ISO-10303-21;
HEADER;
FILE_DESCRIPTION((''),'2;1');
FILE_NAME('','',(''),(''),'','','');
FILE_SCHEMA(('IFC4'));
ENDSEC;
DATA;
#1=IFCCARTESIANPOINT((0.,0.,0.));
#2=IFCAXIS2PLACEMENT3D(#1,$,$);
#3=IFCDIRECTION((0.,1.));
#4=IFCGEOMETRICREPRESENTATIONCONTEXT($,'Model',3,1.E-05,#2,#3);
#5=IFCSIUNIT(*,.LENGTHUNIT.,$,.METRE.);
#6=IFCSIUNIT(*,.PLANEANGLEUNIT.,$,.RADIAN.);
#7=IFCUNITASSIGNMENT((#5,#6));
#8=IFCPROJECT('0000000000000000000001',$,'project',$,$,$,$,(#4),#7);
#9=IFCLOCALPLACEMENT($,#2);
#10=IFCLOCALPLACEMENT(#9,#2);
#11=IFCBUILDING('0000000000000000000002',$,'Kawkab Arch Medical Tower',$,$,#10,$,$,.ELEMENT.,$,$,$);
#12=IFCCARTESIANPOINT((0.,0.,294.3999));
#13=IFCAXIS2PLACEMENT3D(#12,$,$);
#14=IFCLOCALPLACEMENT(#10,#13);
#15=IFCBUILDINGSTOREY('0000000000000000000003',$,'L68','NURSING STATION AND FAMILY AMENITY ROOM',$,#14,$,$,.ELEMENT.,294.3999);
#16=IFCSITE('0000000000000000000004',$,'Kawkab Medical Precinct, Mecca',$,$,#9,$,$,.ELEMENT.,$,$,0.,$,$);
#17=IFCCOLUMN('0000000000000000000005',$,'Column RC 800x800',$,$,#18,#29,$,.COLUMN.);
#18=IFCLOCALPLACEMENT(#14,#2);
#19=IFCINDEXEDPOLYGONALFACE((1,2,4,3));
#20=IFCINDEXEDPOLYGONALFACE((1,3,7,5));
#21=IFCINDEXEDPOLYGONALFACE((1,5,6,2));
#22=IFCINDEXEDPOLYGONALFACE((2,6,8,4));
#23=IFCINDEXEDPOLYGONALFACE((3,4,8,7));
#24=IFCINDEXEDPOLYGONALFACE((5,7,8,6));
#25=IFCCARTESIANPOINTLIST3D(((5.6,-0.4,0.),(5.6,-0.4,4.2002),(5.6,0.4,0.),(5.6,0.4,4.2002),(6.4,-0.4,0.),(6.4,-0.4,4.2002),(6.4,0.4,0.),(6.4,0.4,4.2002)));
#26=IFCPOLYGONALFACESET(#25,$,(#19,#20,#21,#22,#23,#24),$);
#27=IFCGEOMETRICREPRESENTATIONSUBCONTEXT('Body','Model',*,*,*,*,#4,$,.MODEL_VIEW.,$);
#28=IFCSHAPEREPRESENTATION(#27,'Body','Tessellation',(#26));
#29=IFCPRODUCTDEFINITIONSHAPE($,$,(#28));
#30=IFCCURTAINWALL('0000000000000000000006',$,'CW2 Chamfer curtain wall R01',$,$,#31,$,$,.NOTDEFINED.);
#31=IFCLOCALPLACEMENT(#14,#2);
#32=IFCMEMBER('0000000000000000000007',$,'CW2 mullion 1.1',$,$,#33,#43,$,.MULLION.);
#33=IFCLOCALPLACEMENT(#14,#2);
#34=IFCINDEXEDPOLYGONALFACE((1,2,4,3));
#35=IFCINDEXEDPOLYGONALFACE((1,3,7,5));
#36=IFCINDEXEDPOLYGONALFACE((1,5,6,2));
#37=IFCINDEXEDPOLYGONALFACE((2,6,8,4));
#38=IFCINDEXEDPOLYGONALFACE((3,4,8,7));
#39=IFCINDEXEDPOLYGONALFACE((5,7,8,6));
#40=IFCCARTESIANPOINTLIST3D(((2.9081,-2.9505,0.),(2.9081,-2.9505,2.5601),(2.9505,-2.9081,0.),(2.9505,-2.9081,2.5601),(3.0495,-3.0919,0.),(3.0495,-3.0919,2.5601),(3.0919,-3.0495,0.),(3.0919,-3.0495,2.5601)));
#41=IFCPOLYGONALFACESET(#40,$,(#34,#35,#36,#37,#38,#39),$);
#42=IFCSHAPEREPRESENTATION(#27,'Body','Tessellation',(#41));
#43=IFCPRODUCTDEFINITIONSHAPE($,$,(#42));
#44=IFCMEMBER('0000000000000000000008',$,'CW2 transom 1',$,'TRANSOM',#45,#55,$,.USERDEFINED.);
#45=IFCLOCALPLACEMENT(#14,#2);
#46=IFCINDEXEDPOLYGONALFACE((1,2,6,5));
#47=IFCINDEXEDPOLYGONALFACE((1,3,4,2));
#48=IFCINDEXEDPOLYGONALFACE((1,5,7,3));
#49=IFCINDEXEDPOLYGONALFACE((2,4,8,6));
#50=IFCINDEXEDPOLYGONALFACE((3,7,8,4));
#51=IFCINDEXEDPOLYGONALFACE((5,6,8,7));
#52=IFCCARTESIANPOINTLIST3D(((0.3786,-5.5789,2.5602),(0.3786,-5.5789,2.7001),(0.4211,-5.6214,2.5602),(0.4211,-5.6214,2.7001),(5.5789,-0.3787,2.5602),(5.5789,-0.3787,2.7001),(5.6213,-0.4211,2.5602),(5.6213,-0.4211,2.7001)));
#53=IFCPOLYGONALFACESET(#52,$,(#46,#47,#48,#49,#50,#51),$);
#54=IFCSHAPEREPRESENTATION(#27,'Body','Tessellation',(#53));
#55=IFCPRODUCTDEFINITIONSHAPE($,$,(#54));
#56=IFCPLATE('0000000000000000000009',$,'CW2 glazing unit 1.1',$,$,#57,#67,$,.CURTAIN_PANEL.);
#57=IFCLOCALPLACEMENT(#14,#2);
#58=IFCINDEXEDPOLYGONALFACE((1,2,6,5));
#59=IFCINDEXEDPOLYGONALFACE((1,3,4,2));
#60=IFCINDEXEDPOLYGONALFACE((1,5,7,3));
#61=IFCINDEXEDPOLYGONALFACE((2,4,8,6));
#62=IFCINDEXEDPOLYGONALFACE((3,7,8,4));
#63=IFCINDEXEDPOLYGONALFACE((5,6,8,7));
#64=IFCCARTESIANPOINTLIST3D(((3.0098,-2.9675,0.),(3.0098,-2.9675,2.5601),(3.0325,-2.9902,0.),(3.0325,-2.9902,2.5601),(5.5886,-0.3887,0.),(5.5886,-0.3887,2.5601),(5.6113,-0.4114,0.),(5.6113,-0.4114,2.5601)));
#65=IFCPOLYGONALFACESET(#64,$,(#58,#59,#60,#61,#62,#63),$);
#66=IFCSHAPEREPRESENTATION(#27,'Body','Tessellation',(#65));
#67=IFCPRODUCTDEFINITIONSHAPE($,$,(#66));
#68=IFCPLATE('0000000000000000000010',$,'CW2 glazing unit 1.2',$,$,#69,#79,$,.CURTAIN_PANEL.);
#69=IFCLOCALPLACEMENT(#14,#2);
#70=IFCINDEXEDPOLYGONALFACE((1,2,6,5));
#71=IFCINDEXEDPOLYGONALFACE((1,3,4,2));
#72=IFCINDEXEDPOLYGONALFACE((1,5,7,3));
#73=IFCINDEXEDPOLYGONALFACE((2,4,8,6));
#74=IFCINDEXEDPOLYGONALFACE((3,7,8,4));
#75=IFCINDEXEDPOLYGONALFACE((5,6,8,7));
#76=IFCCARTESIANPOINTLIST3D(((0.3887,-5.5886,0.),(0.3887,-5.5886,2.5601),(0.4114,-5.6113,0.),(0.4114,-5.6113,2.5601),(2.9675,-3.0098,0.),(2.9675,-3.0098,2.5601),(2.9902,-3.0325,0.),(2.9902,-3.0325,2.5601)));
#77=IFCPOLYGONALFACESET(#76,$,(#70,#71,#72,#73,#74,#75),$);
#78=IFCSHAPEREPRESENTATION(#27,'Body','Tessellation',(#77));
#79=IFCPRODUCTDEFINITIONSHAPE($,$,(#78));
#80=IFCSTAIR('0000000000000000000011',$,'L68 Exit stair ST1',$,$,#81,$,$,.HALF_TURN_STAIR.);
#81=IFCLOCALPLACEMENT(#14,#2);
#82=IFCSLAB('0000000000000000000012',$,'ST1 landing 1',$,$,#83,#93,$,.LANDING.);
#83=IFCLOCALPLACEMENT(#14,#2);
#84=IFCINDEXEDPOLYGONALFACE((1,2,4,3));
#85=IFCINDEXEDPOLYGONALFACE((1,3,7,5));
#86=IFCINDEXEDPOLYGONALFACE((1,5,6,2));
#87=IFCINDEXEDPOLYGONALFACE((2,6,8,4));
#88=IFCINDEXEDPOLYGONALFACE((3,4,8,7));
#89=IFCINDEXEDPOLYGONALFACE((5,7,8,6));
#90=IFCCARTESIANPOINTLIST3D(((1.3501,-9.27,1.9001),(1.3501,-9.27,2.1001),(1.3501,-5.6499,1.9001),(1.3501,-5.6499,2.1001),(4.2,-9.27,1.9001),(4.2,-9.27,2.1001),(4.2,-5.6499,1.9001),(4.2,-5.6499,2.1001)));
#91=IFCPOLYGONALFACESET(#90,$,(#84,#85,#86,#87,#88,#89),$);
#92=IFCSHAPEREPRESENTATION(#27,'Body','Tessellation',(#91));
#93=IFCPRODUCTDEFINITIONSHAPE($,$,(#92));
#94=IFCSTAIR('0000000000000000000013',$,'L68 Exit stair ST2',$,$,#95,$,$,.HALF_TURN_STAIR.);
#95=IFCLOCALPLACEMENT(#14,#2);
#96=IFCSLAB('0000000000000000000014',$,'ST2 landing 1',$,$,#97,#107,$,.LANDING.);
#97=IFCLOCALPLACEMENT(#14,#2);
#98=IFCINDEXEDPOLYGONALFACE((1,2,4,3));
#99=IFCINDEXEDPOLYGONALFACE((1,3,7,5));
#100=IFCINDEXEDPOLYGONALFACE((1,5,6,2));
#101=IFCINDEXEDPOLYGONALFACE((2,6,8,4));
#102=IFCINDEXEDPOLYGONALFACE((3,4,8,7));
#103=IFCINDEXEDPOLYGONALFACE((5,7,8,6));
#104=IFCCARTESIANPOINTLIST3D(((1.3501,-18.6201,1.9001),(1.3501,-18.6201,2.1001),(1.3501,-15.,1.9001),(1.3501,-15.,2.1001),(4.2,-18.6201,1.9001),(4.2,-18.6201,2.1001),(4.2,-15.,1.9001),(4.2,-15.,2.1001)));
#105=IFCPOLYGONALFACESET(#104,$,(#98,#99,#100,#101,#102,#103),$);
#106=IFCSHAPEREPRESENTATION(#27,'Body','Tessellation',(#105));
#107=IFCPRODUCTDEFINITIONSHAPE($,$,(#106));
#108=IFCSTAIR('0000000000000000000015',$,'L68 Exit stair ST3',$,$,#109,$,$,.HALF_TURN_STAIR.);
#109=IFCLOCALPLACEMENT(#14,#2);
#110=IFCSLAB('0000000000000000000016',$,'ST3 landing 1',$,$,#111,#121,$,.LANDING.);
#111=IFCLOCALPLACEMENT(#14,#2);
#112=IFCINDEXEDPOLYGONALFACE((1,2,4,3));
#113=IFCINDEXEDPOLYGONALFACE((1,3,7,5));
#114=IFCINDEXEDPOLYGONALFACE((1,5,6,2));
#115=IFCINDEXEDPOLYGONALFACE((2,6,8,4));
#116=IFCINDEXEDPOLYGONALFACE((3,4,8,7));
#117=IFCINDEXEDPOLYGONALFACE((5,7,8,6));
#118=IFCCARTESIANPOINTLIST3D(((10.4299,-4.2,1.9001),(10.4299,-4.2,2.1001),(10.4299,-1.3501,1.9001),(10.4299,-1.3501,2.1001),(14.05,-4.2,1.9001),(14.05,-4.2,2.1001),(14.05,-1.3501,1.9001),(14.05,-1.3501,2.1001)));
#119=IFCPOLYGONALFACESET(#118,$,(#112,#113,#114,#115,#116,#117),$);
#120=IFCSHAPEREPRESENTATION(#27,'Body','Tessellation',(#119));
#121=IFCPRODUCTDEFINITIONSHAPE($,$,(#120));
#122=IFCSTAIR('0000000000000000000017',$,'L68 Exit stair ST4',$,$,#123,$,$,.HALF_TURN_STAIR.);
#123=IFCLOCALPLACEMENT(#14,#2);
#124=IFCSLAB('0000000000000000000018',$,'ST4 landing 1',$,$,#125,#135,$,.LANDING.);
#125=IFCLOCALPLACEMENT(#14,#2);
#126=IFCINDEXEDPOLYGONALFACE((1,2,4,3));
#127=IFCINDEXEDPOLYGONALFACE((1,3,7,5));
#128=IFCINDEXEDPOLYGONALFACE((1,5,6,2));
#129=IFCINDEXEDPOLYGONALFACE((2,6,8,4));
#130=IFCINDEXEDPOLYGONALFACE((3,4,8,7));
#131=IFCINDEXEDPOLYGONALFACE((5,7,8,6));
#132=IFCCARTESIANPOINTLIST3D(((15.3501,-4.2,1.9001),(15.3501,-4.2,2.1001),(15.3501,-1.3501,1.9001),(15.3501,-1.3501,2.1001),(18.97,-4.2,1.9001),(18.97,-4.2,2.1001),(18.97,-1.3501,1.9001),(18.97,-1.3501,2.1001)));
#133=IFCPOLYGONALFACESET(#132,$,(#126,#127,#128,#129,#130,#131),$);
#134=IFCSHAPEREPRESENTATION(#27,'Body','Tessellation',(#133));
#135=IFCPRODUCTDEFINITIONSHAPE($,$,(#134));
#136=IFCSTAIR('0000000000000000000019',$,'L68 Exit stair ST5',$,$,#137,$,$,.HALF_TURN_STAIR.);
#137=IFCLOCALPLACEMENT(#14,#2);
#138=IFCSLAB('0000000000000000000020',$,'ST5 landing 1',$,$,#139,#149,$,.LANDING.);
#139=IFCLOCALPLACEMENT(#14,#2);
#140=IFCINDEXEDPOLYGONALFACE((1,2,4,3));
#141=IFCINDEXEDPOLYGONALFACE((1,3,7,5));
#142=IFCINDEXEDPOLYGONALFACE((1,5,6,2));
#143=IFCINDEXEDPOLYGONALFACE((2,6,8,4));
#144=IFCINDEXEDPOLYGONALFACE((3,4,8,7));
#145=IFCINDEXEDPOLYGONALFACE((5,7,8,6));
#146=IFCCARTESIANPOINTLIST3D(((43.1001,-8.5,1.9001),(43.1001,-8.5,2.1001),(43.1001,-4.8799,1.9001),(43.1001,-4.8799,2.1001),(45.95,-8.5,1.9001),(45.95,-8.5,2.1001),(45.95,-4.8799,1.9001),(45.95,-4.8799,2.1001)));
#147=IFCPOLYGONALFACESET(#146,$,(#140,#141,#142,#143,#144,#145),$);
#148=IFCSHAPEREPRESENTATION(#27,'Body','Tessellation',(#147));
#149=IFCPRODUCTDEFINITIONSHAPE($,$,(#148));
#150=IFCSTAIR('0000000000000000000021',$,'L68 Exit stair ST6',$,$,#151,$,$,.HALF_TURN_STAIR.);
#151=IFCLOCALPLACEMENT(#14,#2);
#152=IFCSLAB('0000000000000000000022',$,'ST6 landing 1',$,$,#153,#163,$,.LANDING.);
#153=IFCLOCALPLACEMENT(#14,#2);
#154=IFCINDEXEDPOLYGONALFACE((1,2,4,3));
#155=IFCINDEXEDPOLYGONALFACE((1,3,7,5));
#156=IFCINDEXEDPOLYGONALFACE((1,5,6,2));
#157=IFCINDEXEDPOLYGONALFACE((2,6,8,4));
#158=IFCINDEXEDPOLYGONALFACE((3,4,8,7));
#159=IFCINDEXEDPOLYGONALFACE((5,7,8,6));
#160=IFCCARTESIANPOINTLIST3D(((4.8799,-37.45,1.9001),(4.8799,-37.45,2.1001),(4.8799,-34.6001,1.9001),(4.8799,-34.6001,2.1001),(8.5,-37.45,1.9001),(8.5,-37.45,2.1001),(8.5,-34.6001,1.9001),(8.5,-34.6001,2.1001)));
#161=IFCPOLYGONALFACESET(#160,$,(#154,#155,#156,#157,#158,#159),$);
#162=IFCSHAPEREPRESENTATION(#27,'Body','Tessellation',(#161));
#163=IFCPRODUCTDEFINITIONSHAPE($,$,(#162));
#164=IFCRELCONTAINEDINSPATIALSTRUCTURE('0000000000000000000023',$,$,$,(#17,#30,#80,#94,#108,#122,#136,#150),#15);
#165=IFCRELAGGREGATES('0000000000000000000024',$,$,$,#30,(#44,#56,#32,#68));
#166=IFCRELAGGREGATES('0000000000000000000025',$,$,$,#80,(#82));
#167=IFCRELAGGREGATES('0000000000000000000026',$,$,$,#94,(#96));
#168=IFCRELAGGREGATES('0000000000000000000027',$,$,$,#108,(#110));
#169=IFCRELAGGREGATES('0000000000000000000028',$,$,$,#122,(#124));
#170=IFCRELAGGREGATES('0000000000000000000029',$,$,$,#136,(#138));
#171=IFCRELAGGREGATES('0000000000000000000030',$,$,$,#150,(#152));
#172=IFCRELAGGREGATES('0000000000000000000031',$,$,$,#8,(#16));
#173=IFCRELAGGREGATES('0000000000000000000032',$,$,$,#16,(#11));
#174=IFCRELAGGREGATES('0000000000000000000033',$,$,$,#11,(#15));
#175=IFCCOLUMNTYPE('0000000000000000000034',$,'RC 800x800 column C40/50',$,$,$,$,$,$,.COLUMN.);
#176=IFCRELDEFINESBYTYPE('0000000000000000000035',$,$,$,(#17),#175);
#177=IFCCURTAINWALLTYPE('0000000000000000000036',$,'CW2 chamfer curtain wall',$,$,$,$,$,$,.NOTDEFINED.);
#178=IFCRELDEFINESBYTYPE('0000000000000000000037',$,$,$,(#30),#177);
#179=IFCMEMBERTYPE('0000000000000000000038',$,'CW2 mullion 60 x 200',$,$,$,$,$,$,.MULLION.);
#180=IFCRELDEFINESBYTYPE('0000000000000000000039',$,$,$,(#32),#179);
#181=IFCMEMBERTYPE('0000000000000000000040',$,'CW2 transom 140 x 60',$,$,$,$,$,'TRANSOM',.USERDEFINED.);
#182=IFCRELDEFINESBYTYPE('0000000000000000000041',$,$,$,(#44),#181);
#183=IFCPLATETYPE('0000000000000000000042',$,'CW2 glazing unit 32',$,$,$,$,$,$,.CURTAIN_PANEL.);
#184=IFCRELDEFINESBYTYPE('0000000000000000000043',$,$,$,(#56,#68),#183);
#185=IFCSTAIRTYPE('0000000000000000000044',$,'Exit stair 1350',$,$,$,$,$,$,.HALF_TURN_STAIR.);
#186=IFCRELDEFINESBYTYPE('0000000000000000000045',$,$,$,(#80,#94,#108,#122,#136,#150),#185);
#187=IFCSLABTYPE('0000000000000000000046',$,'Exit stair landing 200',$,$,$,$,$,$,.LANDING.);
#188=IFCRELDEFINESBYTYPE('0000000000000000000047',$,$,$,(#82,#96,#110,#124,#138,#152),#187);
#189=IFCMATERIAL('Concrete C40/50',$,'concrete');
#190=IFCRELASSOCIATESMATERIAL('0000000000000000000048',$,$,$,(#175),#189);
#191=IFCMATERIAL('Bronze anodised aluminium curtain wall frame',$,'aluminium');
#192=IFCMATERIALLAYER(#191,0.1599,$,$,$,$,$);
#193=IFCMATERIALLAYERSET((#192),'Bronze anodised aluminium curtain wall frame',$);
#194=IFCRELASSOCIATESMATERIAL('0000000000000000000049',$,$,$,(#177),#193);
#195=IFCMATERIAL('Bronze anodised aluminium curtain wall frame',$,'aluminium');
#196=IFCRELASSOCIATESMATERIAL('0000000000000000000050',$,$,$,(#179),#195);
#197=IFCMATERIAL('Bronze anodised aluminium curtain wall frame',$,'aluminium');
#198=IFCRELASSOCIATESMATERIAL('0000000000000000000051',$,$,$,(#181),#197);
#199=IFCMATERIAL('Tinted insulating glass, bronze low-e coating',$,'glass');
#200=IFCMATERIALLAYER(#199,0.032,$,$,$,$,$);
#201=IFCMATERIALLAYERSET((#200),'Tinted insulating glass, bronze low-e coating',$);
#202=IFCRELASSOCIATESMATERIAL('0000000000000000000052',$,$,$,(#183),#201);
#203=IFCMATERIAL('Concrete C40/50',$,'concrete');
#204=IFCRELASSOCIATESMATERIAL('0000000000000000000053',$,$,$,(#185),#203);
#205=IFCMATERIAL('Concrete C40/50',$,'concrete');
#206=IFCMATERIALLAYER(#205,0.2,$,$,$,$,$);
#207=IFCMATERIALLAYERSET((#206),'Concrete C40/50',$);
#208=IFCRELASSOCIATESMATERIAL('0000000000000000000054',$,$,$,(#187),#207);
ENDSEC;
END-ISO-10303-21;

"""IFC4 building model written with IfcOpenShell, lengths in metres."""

from ifc_helpers import new_model, si_unit, direction, frame, origin, origin_2d, place, context, subcontext, project, spatial, polyline, rectangle, outline, extrude, material, layer, layer_set, material_profile, profile_set, type_object, element, aggregate, save


model = new_model("IFC4")

# Units and contexts
model_context = context("Model", 3, precision=1e-05, world=origin(), true_north=direction((0.0, 1.0)))
body_context = subcontext(model_context, "Body", "Model", "MODEL_VIEW")
ifc_project = project(units=[si_unit("LENGTHUNIT", "METRE"), si_unit("PLANEANGLEUNIT", "RADIAN")], contexts=[model_context])

# Site, building, storey
site_placement = place(None, origin())
site = spatial("IfcSite", under=ifc_project, at=site_placement, Name="Kawkab Medical Precinct, Mecca", CompositionType="ELEMENT", RefElevation=0.0)
building_placement = place(site_placement, origin())
building = spatial("IfcBuilding", under=site, at=building_placement, Name="Kawkab Arch Medical Tower", CompositionType="ELEMENT")
storey_placement = place(building_placement, frame((0.0, 0.0, 294.3999)))
storey = spatial("IfcBuildingStorey", under=building, at=storey_placement, Name="L68", Description="NURSING STATION AND FAMILY AMENITY ROOM", CompositionType="ELEMENT", Elevation=294.3999)

# Column
ifc_material_1 = material(Name="Concrete C40/50", Category="concrete")
ifc_material_profile_1 = material_profile(ifc_material_1, rectangle(XDim=0.8, YDim=0.8, at=origin_2d()), Name="RC 800x800")
ifc_profile_set_1 = profile_set([ifc_material_profile_1], Name="Concrete C40/50")
column_type = type_object("IfcColumnType", Name="RC 800x800 column C40/50", PredefinedType="COLUMN", material=ifc_profile_set_1)
column_placement = place(storey_placement, frame((6.0, 0.0, 0.0), z_axis=(0.0, 0.0, 1.0), x_axis=(1.0, 0.0, 0.0)))
element("IfcColumn", 1, at=column_placement, inside=storey, type_object=column_type, Name="Column RC 800x800", PredefinedType="COLUMN", context=body_context, shape_type="SweptSolid", body=[
    extrude(rectangle(XDim=0.8, YDim=0.8, at=origin_2d()), origin(), (0.0, 0.0, 1.0), 4.2002),
])

# Curtain wall, members, plates
ifc_material_2 = material(Name="Bronze anodised aluminium curtain wall frame", Category="aluminium")
ifc_layer_1 = layer(ifc_material_2, 0.1599)
ifc_layer_set_1 = layer_set([ifc_layer_1], Name="Bronze anodised aluminium curtain wall frame")
curtain_wall_type = type_object("IfcCurtainWallType", Name="CW2 chamfer curtain wall", PredefinedType="NOTDEFINED", material=ifc_layer_set_1)
placement_1 = place(storey_placement, origin())
curtain_wall = element("IfcCurtainWall", 2, at=placement_1, inside=storey, type_object=curtain_wall_type, Name="CW2 Chamfer curtain wall R01", PredefinedType="NOTDEFINED")
ifc_material_3 = material(Name="Bronze anodised aluminium curtain wall frame", Category="aluminium")
ifc_material_profile_2 = material_profile(ifc_material_3, rectangle(XDim=0.2, YDim=0.0601, at=origin_2d()), Name="AL 60x200")
ifc_profile_set_2 = profile_set([ifc_material_profile_2], Name="Bronze anodised aluminium curtain wall frame")
member_type_1 = type_object("IfcMemberType", Name="CW2 mullion 60 x 200", PredefinedType="MULLION", material=ifc_profile_set_2)
member_1_placement = place(storey_placement, frame((3.0, -3.0, 0.0), z_axis=(0.0, 0.0, 1.0), x_axis=(0.707107, -0.707107, 0.0)))
member_1 = element("IfcMember", 3, at=member_1_placement, type_object=member_type_1, Name="CW2 mullion 1.1", PredefinedType="MULLION", context=body_context, shape_type="SweptSolid", body=[
    extrude(rectangle(XDim=0.2, YDim=0.0601, at=origin_2d()), origin(), (0.0, 0.0, 1.0), 2.5601),
])
ifc_material_4 = material(Name="Bronze anodised aluminium curtain wall frame", Category="aluminium")
ifc_material_profile_3 = material_profile(ifc_material_4, rectangle(XDim=0.0601, YDim=0.1399, at=origin_2d()), Name="AL 60x140")
ifc_profile_set_3 = profile_set([ifc_material_profile_3], Name="Bronze anodised aluminium curtain wall frame")
member_type_2 = type_object("IfcMemberType", Name="CW2 transom 140 x 60", ElementType="TRANSOM", PredefinedType="USERDEFINED", material=ifc_profile_set_3)
member_2_placement = place(storey_placement, frame((5.6001, -0.3999, 2.6301), z_axis=(-0.707107, -0.707107, 0.0), x_axis=(0.707107, -0.707107, 0.0)))
member_2 = element("IfcMember", 4, at=member_2_placement, type_object=member_type_2, Name="CW2 transom 1", ObjectType="TRANSOM", PredefinedType="USERDEFINED", context=body_context, shape_type="SweptSolid", body=[
    extrude(rectangle(XDim=0.0601, YDim=0.1399, at=origin_2d()), origin(), (0.0, 0.0, 1.0), 7.3542),
])
ifc_material_5 = material(Name="Tinted insulating glass, bronze low-e coating", Category="glass")
ifc_layer_2 = layer(ifc_material_5, 0.032)
ifc_layer_set_2 = layer_set([ifc_layer_2], Name="Tinted insulating glass, bronze low-e coating")
plate_type = type_object("IfcPlateType", Name="CW2 glazing unit 32", PredefinedType="CURTAIN_PANEL", material=ifc_layer_set_2)
plate_1_placement = place(storey_placement, frame((4.3105, -1.6895, 0.0), z_axis=(0.0, 0.0, 1.0), x_axis=(-0.707107, -0.707107, 0.0)))
plate_1 = element("IfcPlate", 5, at=plate_1_placement, type_object=plate_type, Name="CW2 glazing unit 1.1", PredefinedType="CURTAIN_PANEL", context=body_context, shape_type="SweptSolid", body=[
    extrude(rectangle(XDim=3.647, YDim=0.032, at=origin_2d()), origin(), (0.0, 0.0, 1.0), 2.5601),
])
plate_2_placement = place(storey_placement, frame((1.6895, -4.3105, 0.0), z_axis=(0.0, 0.0, 1.0), x_axis=(-0.707107, -0.707107, 0.0)))
plate_2 = element("IfcPlate", 6, at=plate_2_placement, type_object=plate_type, Name="CW2 glazing unit 1.2", PredefinedType="CURTAIN_PANEL", context=body_context, shape_type="SweptSolid", body=[
    extrude(rectangle(XDim=3.647, YDim=0.032, at=origin_2d()), origin(), (0.0, 0.0, 1.0), 2.5601),
])
aggregate(curtain_wall, [member_2, plate_1, member_1, plate_2])

# Stairs, slabs
ifc_material_6 = material(Name="Concrete C40/50", Category="concrete")
stair_type = type_object("IfcStairType", Name="Exit stair 1350", PredefinedType="HALF_TURN_STAIR", material=ifc_material_6)
stair_1 = element("IfcStair", 7, at=placement_1, inside=storey, type_object=stair_type, Name="L68 Exit stair ST1", PredefinedType="HALF_TURN_STAIR")
ifc_material_7 = material(Name="Concrete C40/50", Category="concrete")
ifc_layer_3 = layer(ifc_material_7, 0.2)
ifc_layer_set_3 = layer_set([ifc_layer_3], Name="Concrete C40/50")
slab_type_1 = type_object("IfcSlabType", Name="Exit stair landing 200", PredefinedType="LANDING", material=ifc_layer_set_3)
placement_2 = place(storey_placement, frame((0.0, 0.0, 1.9001)))
slab_1 = element("IfcSlab", 8, at=placement_2, type_object=slab_type_1, Name="ST1 landing 1", PredefinedType="LANDING", context=body_context, shape_type="SweptSolid", body=[
    extrude(outline(polyline([(4.2, -9.27), (4.2, -5.6499), (1.3501, -5.6499), (1.3501, -9.27), (4.2, -9.27)])), origin(), (0.0, 0.0, 1.0), 0.2),
])
aggregate(stair_1, [slab_1])
stair_2 = element("IfcStair", 9, at=placement_1, inside=storey, type_object=stair_type, Name="L68 Exit stair ST2", PredefinedType="HALF_TURN_STAIR")
slab_2 = element("IfcSlab", 10, at=placement_2, type_object=slab_type_1, Name="ST2 landing 1", PredefinedType="LANDING", context=body_context, shape_type="SweptSolid", body=[
    extrude(outline(polyline([(4.2, -18.6201), (4.2, -15.0), (1.3501, -15.0), (1.3501, -18.6201), (4.2, -18.6201)])), origin(), (0.0, 0.0, 1.0), 0.2),
])
aggregate(stair_2, [slab_2])
stair_3 = element("IfcStair", 11, at=placement_1, inside=storey, type_object=stair_type, Name="L68 Exit stair ST3", PredefinedType="HALF_TURN_STAIR")
slab_3 = element("IfcSlab", 12, at=placement_2, type_object=slab_type_1, Name="ST3 landing 1", PredefinedType="LANDING", context=body_context, shape_type="SweptSolid", body=[
    extrude(outline(polyline([(10.4299, -4.2), (14.05, -4.2), (14.05, -1.3501), (10.4299, -1.3501), (10.4299, -4.2)])), origin(), (0.0, 0.0, 1.0), 0.2),
])
aggregate(stair_3, [slab_3])
stair_4 = element("IfcStair", 13, at=placement_1, inside=storey, type_object=stair_type, Name="L68 Exit stair ST4", PredefinedType="HALF_TURN_STAIR")
slab_4 = element("IfcSlab", 14, at=placement_2, type_object=slab_type_1, Name="ST4 landing 1", PredefinedType="LANDING", context=body_context, shape_type="SweptSolid", body=[
    extrude(outline(polyline([(18.97, -1.3501), (15.3501, -1.3501), (15.3501, -4.2), (18.97, -4.2), (18.97, -1.3501)])), origin(), (0.0, 0.0, 1.0), 0.2),
])
aggregate(stair_4, [slab_4])
stair_5 = element("IfcStair", 15, at=placement_1, inside=storey, type_object=stair_type, Name="L68 Exit stair ST5", PredefinedType="HALF_TURN_STAIR")
slab_5 = element("IfcSlab", 16, at=placement_2, type_object=slab_type_1, Name="ST5 landing 1", PredefinedType="LANDING", context=body_context, shape_type="SweptSolid", body=[
    extrude(outline(polyline([(43.1001, -4.8799), (43.1001, -8.5), (45.95, -8.5), (45.95, -4.8799), (43.1001, -4.8799)])), origin(), (0.0, 0.0, 1.0), 0.2),
])
aggregate(stair_5, [slab_5])
stair_6 = element("IfcStair", 17, at=placement_1, inside=storey, type_object=stair_type, Name="L68 Exit stair ST6", PredefinedType="HALF_TURN_STAIR")
slab_6 = element("IfcSlab", 18, at=placement_2, type_object=slab_type_1, Name="ST6 landing 1", PredefinedType="LANDING", context=body_context, shape_type="SweptSolid", body=[
    extrude(outline(polyline([(4.8799, -37.45), (8.5, -37.45), (8.5, -34.6001), (4.8799, -34.6001), (4.8799, -37.45)])), origin(), (0.0, 0.0, 1.0), 0.2),
])
aggregate(stair_6, [slab_6])

save(model, "model.ifc")
